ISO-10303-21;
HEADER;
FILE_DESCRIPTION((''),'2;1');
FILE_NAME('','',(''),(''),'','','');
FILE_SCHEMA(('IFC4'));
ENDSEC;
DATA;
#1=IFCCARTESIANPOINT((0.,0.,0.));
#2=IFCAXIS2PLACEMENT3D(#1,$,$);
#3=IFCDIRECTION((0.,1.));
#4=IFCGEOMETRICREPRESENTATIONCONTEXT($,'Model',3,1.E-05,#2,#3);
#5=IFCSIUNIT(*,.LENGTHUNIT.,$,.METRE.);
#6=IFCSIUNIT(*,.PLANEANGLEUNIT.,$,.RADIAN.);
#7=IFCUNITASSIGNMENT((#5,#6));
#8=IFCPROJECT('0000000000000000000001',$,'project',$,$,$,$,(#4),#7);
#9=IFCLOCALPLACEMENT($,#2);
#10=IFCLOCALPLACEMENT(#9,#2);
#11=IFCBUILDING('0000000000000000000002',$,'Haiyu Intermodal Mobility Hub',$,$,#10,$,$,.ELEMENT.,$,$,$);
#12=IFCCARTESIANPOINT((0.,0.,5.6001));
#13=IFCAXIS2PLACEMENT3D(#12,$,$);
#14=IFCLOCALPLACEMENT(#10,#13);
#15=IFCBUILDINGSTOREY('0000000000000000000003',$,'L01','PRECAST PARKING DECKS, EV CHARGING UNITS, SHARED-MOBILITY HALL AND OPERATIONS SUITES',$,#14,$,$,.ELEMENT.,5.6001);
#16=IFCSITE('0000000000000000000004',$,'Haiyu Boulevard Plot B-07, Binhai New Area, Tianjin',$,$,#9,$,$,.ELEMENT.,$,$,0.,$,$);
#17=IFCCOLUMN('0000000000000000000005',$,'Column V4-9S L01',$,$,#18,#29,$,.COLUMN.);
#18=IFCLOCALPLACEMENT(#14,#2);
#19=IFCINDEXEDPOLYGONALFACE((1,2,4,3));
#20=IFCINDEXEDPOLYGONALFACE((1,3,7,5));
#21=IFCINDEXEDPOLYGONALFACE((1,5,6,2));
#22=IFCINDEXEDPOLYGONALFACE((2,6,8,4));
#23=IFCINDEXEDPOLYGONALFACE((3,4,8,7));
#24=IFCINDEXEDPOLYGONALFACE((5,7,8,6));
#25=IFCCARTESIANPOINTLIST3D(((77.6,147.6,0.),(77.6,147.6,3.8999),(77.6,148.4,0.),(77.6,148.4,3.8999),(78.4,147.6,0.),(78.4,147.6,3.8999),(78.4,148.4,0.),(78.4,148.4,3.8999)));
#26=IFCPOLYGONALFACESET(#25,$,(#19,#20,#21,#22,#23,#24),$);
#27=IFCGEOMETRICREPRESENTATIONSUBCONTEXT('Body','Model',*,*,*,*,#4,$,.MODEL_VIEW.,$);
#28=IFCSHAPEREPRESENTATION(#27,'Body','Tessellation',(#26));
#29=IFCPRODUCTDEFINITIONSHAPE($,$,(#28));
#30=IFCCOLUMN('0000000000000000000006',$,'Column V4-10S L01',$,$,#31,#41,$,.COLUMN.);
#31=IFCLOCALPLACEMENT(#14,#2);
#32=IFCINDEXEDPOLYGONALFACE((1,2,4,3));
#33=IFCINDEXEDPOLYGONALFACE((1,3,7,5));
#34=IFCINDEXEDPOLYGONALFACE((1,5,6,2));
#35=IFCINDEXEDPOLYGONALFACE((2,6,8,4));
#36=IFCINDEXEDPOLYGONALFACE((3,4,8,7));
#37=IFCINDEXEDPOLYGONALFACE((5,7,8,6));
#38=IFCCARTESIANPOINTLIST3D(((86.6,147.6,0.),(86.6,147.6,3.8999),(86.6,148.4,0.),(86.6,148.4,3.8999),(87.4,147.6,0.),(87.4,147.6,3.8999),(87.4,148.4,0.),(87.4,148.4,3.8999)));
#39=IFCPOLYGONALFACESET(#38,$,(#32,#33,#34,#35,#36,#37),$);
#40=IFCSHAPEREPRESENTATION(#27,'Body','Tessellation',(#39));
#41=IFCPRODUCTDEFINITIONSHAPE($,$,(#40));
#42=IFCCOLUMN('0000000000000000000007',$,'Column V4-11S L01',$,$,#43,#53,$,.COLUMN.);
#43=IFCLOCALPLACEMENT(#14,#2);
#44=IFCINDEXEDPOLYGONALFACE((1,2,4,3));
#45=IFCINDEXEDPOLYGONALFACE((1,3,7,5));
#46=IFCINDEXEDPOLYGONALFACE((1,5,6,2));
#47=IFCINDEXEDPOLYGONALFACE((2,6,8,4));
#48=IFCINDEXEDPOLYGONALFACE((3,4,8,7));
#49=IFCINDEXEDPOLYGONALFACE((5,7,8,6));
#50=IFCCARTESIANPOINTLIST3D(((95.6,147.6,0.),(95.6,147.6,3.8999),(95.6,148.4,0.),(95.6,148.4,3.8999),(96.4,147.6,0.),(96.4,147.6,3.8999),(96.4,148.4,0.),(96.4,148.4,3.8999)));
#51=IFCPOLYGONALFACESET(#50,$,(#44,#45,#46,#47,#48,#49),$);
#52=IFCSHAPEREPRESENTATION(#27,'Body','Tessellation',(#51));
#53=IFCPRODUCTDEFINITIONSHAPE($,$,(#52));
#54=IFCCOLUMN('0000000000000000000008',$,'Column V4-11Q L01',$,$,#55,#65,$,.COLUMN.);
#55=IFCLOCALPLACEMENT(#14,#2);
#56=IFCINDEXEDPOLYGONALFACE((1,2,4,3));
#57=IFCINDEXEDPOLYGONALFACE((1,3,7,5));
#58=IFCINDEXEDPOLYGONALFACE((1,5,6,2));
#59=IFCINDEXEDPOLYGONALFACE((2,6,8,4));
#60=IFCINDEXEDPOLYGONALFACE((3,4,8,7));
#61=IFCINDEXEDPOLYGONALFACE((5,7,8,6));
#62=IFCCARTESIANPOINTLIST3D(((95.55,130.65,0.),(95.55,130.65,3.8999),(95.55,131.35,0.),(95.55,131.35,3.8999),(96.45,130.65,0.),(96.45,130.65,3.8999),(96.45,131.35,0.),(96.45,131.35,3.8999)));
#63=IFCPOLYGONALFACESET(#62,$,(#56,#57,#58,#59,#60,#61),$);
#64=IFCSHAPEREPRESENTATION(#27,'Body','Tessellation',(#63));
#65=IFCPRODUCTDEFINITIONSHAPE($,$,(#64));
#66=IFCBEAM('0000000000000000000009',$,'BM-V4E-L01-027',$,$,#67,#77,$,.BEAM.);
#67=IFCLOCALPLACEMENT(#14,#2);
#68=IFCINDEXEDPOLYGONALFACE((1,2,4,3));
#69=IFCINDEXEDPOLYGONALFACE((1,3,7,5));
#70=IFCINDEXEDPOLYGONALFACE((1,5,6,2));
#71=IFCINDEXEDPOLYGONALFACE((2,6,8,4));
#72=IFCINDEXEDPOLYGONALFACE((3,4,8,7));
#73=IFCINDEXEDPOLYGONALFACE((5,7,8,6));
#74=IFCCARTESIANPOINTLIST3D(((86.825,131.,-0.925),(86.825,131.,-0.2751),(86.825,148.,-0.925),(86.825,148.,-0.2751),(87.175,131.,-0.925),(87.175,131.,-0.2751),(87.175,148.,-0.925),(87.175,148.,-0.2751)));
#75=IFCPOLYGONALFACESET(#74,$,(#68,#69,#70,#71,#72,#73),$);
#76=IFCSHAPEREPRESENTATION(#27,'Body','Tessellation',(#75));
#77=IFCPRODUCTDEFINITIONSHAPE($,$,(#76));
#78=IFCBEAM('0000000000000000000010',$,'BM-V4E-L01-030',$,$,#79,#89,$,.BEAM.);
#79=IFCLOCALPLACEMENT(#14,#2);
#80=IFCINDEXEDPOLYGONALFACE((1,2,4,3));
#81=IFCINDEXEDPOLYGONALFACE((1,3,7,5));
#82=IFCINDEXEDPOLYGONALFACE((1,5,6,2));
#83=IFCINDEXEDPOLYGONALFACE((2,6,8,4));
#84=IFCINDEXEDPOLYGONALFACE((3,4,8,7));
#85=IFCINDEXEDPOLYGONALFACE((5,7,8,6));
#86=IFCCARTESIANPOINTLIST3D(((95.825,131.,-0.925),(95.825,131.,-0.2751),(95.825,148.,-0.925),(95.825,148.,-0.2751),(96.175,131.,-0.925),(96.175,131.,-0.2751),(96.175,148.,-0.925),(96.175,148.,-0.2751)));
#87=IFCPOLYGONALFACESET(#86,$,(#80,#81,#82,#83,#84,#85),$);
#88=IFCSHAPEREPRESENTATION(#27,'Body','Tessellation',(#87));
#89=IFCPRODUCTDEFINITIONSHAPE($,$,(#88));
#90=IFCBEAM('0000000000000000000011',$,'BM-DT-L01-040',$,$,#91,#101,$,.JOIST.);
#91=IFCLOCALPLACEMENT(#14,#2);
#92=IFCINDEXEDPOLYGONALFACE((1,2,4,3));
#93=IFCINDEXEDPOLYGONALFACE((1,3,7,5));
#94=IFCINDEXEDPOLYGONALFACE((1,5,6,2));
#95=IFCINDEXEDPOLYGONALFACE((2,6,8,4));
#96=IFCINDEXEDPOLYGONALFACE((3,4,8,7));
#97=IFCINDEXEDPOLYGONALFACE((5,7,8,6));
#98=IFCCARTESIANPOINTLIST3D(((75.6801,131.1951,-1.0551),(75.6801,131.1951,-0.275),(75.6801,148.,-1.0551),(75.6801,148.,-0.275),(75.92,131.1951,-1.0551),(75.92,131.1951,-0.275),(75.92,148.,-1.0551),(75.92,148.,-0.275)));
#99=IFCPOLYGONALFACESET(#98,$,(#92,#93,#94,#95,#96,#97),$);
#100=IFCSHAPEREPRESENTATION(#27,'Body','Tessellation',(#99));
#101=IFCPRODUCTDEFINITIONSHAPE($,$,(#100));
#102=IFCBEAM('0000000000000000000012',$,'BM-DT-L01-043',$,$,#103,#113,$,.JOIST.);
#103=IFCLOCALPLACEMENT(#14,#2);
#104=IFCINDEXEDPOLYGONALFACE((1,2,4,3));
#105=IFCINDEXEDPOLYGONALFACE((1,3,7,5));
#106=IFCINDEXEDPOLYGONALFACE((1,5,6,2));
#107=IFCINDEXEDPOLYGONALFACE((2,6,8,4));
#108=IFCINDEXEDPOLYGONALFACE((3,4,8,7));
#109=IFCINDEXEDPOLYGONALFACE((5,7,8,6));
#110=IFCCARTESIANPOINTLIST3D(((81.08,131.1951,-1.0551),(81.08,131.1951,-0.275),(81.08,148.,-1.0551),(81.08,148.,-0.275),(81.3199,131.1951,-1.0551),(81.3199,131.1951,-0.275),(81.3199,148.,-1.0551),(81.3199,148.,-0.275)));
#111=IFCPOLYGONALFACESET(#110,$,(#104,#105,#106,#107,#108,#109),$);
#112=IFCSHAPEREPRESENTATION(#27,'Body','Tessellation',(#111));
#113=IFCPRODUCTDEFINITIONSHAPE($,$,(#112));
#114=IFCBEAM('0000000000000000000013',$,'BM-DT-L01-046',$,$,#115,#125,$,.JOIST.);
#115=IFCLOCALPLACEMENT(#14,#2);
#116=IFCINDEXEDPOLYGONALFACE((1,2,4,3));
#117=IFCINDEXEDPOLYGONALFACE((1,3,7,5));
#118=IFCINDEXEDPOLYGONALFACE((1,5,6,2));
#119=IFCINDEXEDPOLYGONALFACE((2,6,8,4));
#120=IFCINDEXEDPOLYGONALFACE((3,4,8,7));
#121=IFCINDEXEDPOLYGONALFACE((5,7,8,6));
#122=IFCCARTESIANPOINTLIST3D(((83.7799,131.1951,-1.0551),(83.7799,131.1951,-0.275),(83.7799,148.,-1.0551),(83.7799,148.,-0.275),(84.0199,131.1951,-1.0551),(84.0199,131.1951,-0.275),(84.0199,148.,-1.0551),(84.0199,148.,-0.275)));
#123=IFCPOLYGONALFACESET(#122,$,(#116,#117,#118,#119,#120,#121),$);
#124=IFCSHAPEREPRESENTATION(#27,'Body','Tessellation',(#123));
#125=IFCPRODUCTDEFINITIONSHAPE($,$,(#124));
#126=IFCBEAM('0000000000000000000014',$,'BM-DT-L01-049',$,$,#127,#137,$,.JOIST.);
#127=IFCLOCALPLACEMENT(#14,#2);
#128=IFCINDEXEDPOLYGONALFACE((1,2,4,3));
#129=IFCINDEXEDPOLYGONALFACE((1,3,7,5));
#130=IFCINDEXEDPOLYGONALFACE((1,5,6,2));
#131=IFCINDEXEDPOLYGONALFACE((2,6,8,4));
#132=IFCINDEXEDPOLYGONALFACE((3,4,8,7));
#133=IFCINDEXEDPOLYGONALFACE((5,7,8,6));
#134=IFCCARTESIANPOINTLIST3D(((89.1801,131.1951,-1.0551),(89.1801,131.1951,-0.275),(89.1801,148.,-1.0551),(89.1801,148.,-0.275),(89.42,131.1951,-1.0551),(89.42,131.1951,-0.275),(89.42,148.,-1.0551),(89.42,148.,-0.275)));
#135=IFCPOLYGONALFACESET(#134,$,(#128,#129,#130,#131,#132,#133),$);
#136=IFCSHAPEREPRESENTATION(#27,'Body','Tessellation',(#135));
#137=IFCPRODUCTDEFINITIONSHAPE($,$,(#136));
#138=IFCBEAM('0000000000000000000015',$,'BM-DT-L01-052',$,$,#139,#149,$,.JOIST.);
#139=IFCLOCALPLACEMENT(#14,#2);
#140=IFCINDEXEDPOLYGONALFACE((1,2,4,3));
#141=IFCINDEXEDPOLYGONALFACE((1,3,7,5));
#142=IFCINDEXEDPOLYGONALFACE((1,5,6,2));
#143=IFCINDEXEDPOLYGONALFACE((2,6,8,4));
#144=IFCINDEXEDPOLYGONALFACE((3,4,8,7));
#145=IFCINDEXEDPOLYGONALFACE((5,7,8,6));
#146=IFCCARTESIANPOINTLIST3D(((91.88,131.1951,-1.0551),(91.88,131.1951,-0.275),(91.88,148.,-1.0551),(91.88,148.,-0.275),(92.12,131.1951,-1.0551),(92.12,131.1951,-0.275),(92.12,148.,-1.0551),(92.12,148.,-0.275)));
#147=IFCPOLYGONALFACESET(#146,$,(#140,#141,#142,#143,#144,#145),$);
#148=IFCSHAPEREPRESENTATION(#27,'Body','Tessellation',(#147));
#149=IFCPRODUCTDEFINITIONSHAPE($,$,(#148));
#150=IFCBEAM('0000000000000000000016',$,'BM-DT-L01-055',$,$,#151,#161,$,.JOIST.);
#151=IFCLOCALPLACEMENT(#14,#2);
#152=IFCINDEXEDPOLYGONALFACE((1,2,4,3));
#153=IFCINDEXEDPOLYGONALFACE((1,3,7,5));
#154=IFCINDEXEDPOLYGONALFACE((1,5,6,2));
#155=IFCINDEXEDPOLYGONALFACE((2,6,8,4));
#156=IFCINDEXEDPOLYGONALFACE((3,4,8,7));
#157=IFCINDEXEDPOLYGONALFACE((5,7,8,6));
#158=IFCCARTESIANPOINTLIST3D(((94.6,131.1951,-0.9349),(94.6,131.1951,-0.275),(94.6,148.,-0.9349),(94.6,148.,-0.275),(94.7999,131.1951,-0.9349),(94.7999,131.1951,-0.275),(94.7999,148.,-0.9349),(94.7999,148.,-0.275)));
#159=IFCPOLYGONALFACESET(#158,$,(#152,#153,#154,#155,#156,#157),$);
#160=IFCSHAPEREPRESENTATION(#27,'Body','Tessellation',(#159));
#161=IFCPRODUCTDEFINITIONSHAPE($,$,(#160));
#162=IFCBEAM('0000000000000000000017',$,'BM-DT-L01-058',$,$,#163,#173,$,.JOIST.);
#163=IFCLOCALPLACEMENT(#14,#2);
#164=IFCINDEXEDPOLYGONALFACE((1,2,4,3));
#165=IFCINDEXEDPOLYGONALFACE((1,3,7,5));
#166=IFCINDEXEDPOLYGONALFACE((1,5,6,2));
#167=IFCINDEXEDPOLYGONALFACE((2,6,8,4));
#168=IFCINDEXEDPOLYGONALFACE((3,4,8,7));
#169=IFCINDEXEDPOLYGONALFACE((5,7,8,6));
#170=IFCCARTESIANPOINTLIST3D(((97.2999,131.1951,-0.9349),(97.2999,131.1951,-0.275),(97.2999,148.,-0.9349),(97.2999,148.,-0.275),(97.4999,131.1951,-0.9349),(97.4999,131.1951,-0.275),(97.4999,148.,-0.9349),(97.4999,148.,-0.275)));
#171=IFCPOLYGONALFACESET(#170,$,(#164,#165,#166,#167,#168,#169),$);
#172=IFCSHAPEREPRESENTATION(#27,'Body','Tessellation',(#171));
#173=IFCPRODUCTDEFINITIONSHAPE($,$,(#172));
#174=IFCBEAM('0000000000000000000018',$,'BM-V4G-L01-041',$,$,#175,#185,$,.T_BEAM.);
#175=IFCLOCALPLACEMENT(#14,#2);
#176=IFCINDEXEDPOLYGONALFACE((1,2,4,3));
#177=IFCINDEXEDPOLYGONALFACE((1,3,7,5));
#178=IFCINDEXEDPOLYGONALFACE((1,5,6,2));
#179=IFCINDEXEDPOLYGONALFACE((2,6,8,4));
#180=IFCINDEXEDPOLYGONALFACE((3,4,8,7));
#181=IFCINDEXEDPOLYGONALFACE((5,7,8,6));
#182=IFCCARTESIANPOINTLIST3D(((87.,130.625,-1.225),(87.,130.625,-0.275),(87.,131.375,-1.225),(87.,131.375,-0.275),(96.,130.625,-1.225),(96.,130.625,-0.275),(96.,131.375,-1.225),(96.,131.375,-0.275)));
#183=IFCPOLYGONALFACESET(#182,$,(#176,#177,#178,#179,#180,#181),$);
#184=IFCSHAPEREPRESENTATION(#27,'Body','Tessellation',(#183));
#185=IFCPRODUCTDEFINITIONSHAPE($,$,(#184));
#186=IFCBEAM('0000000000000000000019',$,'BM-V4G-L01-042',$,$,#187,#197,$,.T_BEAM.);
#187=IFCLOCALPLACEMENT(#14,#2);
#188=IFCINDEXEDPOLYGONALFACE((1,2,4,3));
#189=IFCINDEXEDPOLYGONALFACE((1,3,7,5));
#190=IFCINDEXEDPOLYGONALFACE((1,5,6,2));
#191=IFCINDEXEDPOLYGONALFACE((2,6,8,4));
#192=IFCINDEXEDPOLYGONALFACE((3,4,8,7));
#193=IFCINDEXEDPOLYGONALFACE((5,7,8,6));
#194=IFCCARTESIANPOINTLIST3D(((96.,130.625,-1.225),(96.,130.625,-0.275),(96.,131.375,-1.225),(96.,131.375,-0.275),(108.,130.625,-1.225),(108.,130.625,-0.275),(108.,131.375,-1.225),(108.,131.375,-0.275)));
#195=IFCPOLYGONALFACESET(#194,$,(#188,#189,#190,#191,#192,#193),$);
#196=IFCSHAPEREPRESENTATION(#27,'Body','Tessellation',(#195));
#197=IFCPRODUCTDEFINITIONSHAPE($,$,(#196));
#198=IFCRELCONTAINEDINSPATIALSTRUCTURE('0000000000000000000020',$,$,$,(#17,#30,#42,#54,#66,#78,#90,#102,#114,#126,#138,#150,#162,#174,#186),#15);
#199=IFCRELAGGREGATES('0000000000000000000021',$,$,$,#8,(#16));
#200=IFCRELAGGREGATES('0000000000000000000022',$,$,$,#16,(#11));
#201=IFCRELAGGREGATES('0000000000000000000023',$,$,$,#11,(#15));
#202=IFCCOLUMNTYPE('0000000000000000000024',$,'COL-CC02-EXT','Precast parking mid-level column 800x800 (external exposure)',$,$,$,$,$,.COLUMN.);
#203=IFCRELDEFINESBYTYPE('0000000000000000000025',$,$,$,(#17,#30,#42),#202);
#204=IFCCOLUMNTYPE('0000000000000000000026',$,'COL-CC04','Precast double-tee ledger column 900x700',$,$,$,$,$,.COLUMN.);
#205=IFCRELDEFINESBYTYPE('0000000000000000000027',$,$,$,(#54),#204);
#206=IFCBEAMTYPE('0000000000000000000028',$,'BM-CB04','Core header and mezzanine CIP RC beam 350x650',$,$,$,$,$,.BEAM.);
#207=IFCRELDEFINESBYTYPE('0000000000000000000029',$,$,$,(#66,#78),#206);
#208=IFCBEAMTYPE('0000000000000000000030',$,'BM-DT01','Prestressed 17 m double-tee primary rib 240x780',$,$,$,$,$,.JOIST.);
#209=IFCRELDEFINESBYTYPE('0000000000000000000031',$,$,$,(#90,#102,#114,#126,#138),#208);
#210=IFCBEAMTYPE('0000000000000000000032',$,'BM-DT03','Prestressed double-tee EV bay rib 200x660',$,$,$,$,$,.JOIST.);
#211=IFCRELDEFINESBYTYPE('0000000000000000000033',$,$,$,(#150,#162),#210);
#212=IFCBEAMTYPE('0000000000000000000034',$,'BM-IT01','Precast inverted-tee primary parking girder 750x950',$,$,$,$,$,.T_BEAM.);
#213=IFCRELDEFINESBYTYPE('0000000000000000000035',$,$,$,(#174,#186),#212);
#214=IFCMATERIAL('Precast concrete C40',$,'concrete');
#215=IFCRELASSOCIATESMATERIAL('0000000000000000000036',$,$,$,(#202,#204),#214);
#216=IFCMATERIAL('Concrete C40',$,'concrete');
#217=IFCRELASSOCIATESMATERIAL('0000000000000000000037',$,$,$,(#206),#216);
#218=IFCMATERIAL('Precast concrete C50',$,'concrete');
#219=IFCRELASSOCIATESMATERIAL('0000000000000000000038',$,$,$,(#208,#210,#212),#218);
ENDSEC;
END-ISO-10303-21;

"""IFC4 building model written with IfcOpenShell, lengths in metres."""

from ifc_helpers import new_model, si_unit, direction, frame, origin, origin_2d, place, context, subcontext, project, spatial, rectangle, extrude, material, material_profile, profile_set, type_object, element, save


model = new_model("IFC4")

# Units and contexts
model_context = context("Model", 3, precision=1e-05, world=origin(), true_north=direction((0.0, 1.0)))
body_context = subcontext(model_context, "Body", "Model", "MODEL_VIEW")
ifc_project = project(units=[si_unit("LENGTHUNIT", "METRE"), si_unit("PLANEANGLEUNIT", "RADIAN")], contexts=[model_context])

# Site, building, storey
site_placement = place(None, origin())
site = spatial("IfcSite", under=ifc_project, at=site_placement, Name="Haiyu Boulevard Plot B-07, Binhai New Area, Tianjin", CompositionType="ELEMENT", RefElevation=0.0)
building_placement = place(site_placement, origin())
building = spatial("IfcBuilding", under=site, at=building_placement, Name="Haiyu Intermodal Mobility Hub", CompositionType="ELEMENT")
storey_placement = place(building_placement, frame((0.0, 0.0, 5.6001)))
storey = spatial("IfcBuildingStorey", under=building, at=storey_placement, Name="L01", Description="PRECAST PARKING DECKS, EV CHARGING UNITS, SHARED-MOBILITY HALL AND OPERATIONS SUITES", CompositionType="ELEMENT", Elevation=5.6001)

# Columns
ifc_material_1 = material(Name="Precast concrete C40", Category="concrete")
ifc_material_profile_1 = material_profile(ifc_material_1, rectangle(XDim=0.8, YDim=0.8, at=origin_2d()), Name="RC800x800")
ifc_profile_set_1 = profile_set([ifc_material_profile_1], Name="Precast concrete C40")
column_type_1 = type_object("IfcColumnType", Name="COL-CC02-EXT", Description="Precast parking mid-level column 800x800 (external exposure)", PredefinedType="COLUMN", material=ifc_profile_set_1)
for number, where, z_axis, x_axis, name in (
    (1, (78.0, 148.0, 0.0), (0.0, 0.0, 1.0), (1.0, 0.0, 0.0), "Column V4-9S L01"),
    (2, (87.0, 148.0, 0.0), (0.0, 0.0, 1.0), (1.0, 0.0, 0.0), "Column V4-10S L01"),
    (3, (96.0, 148.0, 0.0), (0.0, 0.0, 1.0), (1.0, 0.0, 0.0), "Column V4-11S L01"),
):
    element("IfcColumn", number, at=place(storey_placement, frame(where, z_axis=z_axis, x_axis=x_axis)), inside=storey, type_object=column_type_1, Name=name, PredefinedType="COLUMN", context=body_context, shape_type="SweptSolid", body=[
        extrude(rectangle(XDim=0.8, YDim=0.8, at=origin_2d()), origin(), (0.0, 0.0, 1.0), 3.8999),
    ])
ifc_material_profile_2 = material_profile(ifc_material_1, rectangle(XDim=0.8999, YDim=0.7, at=origin_2d()), Name="RC900x700")
ifc_profile_set_2 = profile_set([ifc_material_profile_2], Name="Precast concrete C40")
column_type_2 = type_object("IfcColumnType", Name="COL-CC04", Description="Precast double-tee ledger column 900x700", PredefinedType="COLUMN", material=ifc_profile_set_2)
column_placement = place(storey_placement, frame((96.0, 131.0, 0.0), z_axis=(0.0, 0.0, 1.0), x_axis=(1.0, 0.0, 0.0)))
element("IfcColumn", 4, at=column_placement, inside=storey, type_object=column_type_2, Name="Column V4-11Q L01", PredefinedType="COLUMN", context=body_context, shape_type="SweptSolid", body=[
    extrude(rectangle(XDim=0.8999, YDim=0.7, at=origin_2d()), origin(), (0.0, 0.0, 1.0), 3.8999),
])

# Beams
ifc_material_2 = material(Name="Concrete C40", Category="concrete")
ifc_material_profile_3 = material_profile(ifc_material_2, rectangle(XDim=0.3501, YDim=0.6499, at=origin_2d()), Name="RCB350x650")
ifc_profile_set_3 = profile_set([ifc_material_profile_3], Name="Concrete C40")
beam_type_1 = type_object("IfcBeamType", Name="BM-CB04", Description="Core header and mezzanine CIP RC beam 350x650", PredefinedType="BEAM", material=ifc_profile_set_3)
for number, where, z_axis, x_axis, name in (
    (5, (87.0, 131.0, -0.6001), (0.0, 1.0, 0.0), (-1.0, 0.0, 0.0), "BM-V4E-L01-027"),
    (6, (96.0, 131.0, -0.6001), (0.0, 1.0, 0.0), (-1.0, 0.0, 0.0), "BM-V4E-L01-030"),
):
    element("IfcBeam", number, at=place(storey_placement, frame(where, z_axis=z_axis, x_axis=x_axis)), inside=storey, type_object=beam_type_1, Name=name, PredefinedType="BEAM", context=body_context, shape_type="SweptSolid", body=[
        extrude(rectangle(XDim=0.3501, YDim=0.6499, at=origin_2d()), origin(), (0.0, 0.0, 1.0), 17.0),
    ])
ifc_material_3 = material(Name="Precast concrete C50", Category="concrete")
ifc_material_profile_4 = material_profile(ifc_material_3, rectangle(XDim=0.24, YDim=0.78, at=origin_2d()), Name="PC240x780")
ifc_profile_set_4 = profile_set([ifc_material_profile_4], Name="Precast concrete C50")
beam_type_2 = type_object("IfcBeamType", Name="BM-DT01", Description="Prestressed 17 m double-tee primary rib 240x780", PredefinedType="JOIST", material=ifc_profile_set_4)
for number, where, z_axis, x_axis, name in (
    (7, (75.8, 131.1951, -0.665), (0.0, 1.0, 0.0), (-1.0, 0.0, 0.0), "BM-DT-L01-040"),
    (8, (81.2, 131.1951, -0.665), (0.0, 1.0, 0.0), (-1.0, 0.0, 0.0), "BM-DT-L01-043"),
    (9, (83.8999, 131.1951, -0.665), (0.0, 1.0, 0.0), (-1.0, 0.0, 0.0), "BM-DT-L01-046"),
    (10, (89.3, 131.1951, -0.665), (0.0, 1.0, 0.0), (-1.0, 0.0, 0.0), "BM-DT-L01-049"),
    (11, (92.0, 131.1951, -0.665), (0.0, 1.0, 0.0), (-1.0, 0.0, 0.0), "BM-DT-L01-052"),
):
    element("IfcBeam", number, at=place(storey_placement, frame(where, z_axis=z_axis, x_axis=x_axis)), inside=storey, type_object=beam_type_2, Name=name, PredefinedType="JOIST", context=body_context, shape_type="SweptSolid", body=[
        extrude(rectangle(XDim=0.24, YDim=0.78, at=origin_2d()), origin(), (0.0, 0.0, 1.0), 16.8049),
    ])
ifc_material_profile_5 = material_profile(ifc_material_3, rectangle(XDim=0.2, YDim=0.6599, at=origin_2d()), Name="PC200x660")
ifc_profile_set_5 = profile_set([ifc_material_profile_5], Name="Precast concrete C50")
beam_type_3 = type_object("IfcBeamType", Name="BM-DT03", Description="Prestressed double-tee EV bay rib 200x660", PredefinedType="JOIST", material=ifc_profile_set_5)
for number, where, z_axis, x_axis, name in (
    (12, (94.7, 131.1951, -0.605), (0.0, 1.0, 0.0), (-1.0, 0.0, 0.0), "BM-DT-L01-055"),
    (13, (97.3999, 131.1951, -0.605), (0.0, 1.0, 0.0), (-1.0, 0.0, 0.0), "BM-DT-L01-058"),
):
    element("IfcBeam", number, at=place(storey_placement, frame(where, z_axis=z_axis, x_axis=x_axis)), inside=storey, type_object=beam_type_3, Name=name, PredefinedType="JOIST", context=body_context, shape_type="SweptSolid", body=[
        extrude(rectangle(XDim=0.2, YDim=0.6599, at=origin_2d()), origin(), (0.0, 0.0, 1.0), 16.8049),
    ])
ifc_material_profile_6 = material_profile(ifc_material_3, rectangle(XDim=0.75, YDim=0.95, at=origin_2d()), Name="PC750x950")
ifc_profile_set_6 = profile_set([ifc_material_profile_6], Name="Precast concrete C50")
beam_type_4 = type_object("IfcBeamType", Name="BM-IT01", Description="Precast inverted-tee primary parking girder 750x950", PredefinedType="T_BEAM", material=ifc_profile_set_6)
beam_1_placement = place(storey_placement, frame((87.0, 131.0, -0.75), z_axis=(1.0, 0.0, 0.0), x_axis=(0.0, 1.0, 0.0)))
element("IfcBeam", 14, at=beam_1_placement, inside=storey, type_object=beam_type_4, Name="BM-V4G-L01-041", PredefinedType="T_BEAM", context=body_context, shape_type="SweptSolid", body=[
    extrude(rectangle(XDim=0.75, YDim=0.95, at=origin_2d()), origin(), (0.0, 0.0, 1.0), 9.0),
])
beam_2_placement = place(storey_placement, frame((96.0, 131.0, -0.75), z_axis=(1.0, 0.0, 0.0), x_axis=(0.0, 1.0, 0.0)))
element("IfcBeam", 15, at=beam_2_placement, inside=storey, type_object=beam_type_4, Name="BM-V4G-L01-042", PredefinedType="T_BEAM", context=body_context, shape_type="SweptSolid", body=[
    extrude(rectangle(XDim=0.75, YDim=0.95, at=origin_2d()), origin(), (0.0, 0.0, 1.0), 12.0),
])

save(model, "model.ifc")
